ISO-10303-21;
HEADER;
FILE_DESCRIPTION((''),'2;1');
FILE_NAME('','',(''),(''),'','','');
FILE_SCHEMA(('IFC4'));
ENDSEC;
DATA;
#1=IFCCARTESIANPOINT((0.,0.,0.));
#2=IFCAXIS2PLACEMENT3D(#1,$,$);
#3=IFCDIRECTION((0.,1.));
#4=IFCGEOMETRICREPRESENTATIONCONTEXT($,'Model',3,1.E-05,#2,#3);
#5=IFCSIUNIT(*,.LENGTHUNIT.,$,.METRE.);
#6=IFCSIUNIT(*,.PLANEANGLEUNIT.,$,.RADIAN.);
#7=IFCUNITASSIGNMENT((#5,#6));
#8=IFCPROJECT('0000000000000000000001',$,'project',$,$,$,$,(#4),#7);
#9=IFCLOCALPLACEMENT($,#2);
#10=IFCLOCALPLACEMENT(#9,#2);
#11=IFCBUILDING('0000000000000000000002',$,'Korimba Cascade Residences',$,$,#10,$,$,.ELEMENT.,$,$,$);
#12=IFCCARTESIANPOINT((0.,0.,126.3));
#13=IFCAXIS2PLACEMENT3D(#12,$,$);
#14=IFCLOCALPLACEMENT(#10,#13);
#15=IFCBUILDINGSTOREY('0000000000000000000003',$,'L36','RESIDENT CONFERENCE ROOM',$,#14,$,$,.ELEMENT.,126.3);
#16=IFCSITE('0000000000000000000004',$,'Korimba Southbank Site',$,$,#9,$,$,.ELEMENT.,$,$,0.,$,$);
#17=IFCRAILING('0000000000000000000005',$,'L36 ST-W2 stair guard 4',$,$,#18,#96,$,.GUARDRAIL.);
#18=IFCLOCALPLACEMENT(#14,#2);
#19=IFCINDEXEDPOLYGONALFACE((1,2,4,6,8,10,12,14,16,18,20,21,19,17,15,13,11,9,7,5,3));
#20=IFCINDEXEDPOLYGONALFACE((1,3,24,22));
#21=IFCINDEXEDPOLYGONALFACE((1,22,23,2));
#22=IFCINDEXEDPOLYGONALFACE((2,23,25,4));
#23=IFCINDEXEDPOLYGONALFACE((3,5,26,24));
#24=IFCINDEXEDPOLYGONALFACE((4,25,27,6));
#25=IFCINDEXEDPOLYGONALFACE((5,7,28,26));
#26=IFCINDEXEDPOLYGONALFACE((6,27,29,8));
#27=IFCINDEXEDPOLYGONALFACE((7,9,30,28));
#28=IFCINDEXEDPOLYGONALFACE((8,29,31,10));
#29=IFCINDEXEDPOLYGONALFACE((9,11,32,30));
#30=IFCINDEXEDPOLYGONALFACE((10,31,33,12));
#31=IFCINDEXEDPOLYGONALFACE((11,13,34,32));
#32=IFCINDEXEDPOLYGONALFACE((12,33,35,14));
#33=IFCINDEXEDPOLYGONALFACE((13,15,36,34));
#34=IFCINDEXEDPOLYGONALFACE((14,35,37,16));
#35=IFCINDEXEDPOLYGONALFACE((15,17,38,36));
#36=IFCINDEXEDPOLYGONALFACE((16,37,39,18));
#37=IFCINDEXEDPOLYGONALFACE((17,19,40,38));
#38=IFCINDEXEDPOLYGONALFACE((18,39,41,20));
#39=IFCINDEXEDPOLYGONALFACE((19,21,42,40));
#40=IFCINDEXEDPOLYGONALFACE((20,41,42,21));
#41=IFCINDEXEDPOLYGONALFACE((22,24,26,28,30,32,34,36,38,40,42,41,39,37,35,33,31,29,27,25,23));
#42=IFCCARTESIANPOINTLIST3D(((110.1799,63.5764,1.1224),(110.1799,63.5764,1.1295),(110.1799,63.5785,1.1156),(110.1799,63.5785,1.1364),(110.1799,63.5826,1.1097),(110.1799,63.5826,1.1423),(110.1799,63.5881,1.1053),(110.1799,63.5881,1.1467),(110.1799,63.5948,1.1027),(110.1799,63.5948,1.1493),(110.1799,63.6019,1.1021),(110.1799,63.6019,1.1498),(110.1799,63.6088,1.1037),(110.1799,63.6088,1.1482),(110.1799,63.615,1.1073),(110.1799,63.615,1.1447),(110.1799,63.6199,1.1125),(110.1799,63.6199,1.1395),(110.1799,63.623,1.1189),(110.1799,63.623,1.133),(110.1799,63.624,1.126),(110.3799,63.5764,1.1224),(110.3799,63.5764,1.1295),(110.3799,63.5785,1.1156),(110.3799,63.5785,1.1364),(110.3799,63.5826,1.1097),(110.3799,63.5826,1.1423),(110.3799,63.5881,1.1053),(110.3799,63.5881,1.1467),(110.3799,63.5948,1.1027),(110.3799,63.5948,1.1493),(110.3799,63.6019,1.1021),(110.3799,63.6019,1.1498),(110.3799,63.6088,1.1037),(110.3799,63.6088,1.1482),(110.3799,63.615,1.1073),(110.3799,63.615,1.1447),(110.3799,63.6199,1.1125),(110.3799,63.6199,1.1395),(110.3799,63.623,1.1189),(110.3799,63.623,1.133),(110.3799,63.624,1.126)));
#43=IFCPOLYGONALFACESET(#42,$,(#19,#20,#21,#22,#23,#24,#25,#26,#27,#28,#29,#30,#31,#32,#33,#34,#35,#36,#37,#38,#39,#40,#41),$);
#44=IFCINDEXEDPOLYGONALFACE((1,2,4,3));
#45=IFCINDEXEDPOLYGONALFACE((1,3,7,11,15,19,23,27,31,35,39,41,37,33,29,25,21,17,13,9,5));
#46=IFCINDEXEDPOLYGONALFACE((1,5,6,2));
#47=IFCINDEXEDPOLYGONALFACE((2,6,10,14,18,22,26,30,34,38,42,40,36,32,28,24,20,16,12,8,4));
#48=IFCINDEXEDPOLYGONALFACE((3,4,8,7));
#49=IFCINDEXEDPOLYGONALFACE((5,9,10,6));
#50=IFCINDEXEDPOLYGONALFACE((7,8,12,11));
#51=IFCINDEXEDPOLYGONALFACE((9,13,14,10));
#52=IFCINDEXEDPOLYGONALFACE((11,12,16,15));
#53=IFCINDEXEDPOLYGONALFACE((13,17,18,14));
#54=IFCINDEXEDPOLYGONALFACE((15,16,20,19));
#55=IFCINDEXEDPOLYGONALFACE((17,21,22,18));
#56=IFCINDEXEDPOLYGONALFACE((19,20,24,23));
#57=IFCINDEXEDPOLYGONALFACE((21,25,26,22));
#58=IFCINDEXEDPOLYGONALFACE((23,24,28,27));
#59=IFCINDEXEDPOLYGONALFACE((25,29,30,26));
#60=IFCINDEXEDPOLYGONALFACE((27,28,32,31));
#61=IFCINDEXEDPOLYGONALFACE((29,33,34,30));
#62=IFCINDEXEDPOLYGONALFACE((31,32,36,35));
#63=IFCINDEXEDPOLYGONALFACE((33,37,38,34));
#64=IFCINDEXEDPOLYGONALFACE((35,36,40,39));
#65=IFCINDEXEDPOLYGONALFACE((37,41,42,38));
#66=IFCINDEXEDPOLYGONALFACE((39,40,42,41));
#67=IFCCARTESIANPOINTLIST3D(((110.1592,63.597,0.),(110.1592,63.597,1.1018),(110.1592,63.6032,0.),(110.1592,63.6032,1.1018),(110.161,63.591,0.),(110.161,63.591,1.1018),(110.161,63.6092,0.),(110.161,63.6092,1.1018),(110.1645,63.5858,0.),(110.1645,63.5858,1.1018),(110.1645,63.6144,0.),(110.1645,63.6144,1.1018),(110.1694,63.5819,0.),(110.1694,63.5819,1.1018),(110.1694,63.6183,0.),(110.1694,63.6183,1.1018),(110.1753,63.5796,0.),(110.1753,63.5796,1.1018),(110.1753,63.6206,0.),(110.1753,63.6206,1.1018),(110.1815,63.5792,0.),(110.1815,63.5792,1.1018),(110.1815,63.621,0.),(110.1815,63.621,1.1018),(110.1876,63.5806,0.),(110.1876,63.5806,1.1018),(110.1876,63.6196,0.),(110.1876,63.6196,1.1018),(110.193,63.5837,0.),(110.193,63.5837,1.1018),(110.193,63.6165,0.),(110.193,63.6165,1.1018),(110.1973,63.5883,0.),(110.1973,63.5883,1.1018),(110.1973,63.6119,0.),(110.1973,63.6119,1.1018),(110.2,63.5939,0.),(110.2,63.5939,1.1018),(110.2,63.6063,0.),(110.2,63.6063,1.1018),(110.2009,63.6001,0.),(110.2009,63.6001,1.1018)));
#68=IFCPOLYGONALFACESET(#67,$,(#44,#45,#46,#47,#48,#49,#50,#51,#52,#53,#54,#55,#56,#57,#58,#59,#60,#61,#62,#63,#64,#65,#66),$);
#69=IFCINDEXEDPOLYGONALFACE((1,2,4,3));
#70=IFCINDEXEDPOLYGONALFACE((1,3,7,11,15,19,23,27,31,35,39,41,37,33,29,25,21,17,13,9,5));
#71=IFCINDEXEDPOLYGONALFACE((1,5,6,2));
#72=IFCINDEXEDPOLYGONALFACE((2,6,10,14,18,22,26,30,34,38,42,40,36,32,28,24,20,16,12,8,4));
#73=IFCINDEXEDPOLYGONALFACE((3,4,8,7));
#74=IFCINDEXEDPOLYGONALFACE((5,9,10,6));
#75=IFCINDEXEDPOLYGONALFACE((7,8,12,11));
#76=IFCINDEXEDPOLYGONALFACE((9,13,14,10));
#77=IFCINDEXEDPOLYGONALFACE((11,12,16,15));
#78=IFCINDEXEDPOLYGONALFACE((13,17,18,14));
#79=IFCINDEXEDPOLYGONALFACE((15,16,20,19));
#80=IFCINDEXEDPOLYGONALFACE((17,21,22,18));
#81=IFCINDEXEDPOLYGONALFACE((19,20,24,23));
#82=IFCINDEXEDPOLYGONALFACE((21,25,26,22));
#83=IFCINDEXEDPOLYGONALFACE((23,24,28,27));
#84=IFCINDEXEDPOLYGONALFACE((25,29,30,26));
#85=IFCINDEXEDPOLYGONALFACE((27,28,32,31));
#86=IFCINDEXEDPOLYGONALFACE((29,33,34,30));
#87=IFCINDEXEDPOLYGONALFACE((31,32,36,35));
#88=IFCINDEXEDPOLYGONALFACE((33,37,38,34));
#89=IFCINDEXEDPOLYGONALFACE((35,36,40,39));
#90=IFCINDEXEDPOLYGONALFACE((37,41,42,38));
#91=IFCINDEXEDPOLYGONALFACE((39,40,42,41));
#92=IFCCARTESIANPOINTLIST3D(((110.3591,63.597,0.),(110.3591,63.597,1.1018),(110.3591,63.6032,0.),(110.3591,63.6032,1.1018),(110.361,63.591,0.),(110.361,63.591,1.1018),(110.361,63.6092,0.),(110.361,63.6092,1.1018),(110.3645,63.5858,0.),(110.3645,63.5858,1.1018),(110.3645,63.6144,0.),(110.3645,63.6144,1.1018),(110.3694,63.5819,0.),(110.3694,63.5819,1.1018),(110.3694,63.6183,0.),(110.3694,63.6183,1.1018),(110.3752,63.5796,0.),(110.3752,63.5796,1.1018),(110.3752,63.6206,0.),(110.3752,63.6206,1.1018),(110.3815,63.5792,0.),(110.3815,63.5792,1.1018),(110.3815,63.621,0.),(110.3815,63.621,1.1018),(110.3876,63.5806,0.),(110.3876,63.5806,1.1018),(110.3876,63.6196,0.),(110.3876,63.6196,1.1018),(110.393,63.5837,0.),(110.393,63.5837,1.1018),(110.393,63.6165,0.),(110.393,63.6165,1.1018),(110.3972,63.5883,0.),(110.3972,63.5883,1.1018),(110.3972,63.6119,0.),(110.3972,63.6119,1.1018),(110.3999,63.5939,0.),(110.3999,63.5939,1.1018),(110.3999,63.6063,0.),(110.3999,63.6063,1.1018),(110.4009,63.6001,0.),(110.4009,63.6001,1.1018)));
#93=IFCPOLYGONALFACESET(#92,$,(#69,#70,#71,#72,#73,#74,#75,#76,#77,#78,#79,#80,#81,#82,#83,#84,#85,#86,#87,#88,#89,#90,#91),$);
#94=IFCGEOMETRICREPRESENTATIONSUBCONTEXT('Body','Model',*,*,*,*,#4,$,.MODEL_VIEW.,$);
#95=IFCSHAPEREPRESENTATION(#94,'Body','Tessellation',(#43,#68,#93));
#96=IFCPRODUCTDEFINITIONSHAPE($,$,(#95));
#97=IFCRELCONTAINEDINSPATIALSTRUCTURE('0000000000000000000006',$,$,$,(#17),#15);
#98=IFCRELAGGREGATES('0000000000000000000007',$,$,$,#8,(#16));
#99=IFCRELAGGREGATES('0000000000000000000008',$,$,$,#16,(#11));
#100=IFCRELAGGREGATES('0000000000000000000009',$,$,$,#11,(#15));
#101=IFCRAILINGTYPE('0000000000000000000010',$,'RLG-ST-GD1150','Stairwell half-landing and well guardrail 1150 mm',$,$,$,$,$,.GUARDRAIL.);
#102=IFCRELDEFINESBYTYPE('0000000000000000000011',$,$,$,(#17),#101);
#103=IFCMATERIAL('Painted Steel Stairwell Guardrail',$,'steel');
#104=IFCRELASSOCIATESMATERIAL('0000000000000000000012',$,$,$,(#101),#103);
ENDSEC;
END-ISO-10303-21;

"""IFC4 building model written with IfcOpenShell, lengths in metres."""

from ifc_helpers import new_model, si_unit, direction, frame, origin, origin_2d, place, context, subcontext, project, spatial, circle, extrude, material, type_object, element, save


model = new_model("IFC4")

# Units and contexts
model_context = context("Model", 3, precision=1e-05, world=origin(), true_north=direction((0.0, 1.0)))
body_context = subcontext(model_context, "Body", "Model", "MODEL_VIEW")
ifc_project = project(units=[si_unit("LENGTHUNIT", "METRE"), si_unit("PLANEANGLEUNIT", "RADIAN")], contexts=[model_context])

# Site, building, storey
site_placement = place(None, origin())
site = spatial("IfcSite", under=ifc_project, at=site_placement, Name="Korimba Southbank Site", CompositionType="ELEMENT", RefElevation=0.0)
building_placement = place(site_placement, origin())
building = spatial("IfcBuilding", under=site, at=building_placement, Name="Korimba Cascade Residences", CompositionType="ELEMENT")
storey_placement = place(building_placement, frame((0.0, 0.0, 126.3)))
storey = spatial("IfcBuildingStorey", under=building, at=storey_placement, Name="L36", Description="RESIDENT CONFERENCE ROOM", CompositionType="ELEMENT", Elevation=126.3)

# Railing
ifc_material_1 = material(Name="Painted Steel Stairwell Guardrail", Category="steel")
railing_type_1 = type_object("IfcRailingType", Name="RLG-ST-GD1150", Description="Stairwell half-landing and well guardrail 1150 mm", PredefinedType="GUARDRAIL", material=ifc_material_1)
railing_1_placement = place(storey_placement, frame((110.1799, 63.6001, 0.0)))
element("IfcRailing", 1, at=railing_1_placement, inside=storey, type_object=railing_type_1, Name="L36 ST-W2 stair guard 4", PredefinedType="GUARDRAIL", context=body_context, shape_type="SweptSolid", body=[
    extrude(circle(Radius=0.0239, at=origin_2d()), frame((0.0, 0.0, 1.126), z_axis=(1.0, 0.0, 0.0), x_axis=(0.0, 1.0, 0.0)), (0.0, 0.0, 1.0), 0.2),
    extrude(circle(Radius=0.021, at=origin_2d()), origin(), (0.0, 0.0, 1.0), 1.1018),
    extrude(circle(Radius=0.021, at=origin_2d()), frame((0.2, 0.0, 0.0)), (0.0, 0.0, 1.0), 1.1018),
])

save(model, "model.ifc")
